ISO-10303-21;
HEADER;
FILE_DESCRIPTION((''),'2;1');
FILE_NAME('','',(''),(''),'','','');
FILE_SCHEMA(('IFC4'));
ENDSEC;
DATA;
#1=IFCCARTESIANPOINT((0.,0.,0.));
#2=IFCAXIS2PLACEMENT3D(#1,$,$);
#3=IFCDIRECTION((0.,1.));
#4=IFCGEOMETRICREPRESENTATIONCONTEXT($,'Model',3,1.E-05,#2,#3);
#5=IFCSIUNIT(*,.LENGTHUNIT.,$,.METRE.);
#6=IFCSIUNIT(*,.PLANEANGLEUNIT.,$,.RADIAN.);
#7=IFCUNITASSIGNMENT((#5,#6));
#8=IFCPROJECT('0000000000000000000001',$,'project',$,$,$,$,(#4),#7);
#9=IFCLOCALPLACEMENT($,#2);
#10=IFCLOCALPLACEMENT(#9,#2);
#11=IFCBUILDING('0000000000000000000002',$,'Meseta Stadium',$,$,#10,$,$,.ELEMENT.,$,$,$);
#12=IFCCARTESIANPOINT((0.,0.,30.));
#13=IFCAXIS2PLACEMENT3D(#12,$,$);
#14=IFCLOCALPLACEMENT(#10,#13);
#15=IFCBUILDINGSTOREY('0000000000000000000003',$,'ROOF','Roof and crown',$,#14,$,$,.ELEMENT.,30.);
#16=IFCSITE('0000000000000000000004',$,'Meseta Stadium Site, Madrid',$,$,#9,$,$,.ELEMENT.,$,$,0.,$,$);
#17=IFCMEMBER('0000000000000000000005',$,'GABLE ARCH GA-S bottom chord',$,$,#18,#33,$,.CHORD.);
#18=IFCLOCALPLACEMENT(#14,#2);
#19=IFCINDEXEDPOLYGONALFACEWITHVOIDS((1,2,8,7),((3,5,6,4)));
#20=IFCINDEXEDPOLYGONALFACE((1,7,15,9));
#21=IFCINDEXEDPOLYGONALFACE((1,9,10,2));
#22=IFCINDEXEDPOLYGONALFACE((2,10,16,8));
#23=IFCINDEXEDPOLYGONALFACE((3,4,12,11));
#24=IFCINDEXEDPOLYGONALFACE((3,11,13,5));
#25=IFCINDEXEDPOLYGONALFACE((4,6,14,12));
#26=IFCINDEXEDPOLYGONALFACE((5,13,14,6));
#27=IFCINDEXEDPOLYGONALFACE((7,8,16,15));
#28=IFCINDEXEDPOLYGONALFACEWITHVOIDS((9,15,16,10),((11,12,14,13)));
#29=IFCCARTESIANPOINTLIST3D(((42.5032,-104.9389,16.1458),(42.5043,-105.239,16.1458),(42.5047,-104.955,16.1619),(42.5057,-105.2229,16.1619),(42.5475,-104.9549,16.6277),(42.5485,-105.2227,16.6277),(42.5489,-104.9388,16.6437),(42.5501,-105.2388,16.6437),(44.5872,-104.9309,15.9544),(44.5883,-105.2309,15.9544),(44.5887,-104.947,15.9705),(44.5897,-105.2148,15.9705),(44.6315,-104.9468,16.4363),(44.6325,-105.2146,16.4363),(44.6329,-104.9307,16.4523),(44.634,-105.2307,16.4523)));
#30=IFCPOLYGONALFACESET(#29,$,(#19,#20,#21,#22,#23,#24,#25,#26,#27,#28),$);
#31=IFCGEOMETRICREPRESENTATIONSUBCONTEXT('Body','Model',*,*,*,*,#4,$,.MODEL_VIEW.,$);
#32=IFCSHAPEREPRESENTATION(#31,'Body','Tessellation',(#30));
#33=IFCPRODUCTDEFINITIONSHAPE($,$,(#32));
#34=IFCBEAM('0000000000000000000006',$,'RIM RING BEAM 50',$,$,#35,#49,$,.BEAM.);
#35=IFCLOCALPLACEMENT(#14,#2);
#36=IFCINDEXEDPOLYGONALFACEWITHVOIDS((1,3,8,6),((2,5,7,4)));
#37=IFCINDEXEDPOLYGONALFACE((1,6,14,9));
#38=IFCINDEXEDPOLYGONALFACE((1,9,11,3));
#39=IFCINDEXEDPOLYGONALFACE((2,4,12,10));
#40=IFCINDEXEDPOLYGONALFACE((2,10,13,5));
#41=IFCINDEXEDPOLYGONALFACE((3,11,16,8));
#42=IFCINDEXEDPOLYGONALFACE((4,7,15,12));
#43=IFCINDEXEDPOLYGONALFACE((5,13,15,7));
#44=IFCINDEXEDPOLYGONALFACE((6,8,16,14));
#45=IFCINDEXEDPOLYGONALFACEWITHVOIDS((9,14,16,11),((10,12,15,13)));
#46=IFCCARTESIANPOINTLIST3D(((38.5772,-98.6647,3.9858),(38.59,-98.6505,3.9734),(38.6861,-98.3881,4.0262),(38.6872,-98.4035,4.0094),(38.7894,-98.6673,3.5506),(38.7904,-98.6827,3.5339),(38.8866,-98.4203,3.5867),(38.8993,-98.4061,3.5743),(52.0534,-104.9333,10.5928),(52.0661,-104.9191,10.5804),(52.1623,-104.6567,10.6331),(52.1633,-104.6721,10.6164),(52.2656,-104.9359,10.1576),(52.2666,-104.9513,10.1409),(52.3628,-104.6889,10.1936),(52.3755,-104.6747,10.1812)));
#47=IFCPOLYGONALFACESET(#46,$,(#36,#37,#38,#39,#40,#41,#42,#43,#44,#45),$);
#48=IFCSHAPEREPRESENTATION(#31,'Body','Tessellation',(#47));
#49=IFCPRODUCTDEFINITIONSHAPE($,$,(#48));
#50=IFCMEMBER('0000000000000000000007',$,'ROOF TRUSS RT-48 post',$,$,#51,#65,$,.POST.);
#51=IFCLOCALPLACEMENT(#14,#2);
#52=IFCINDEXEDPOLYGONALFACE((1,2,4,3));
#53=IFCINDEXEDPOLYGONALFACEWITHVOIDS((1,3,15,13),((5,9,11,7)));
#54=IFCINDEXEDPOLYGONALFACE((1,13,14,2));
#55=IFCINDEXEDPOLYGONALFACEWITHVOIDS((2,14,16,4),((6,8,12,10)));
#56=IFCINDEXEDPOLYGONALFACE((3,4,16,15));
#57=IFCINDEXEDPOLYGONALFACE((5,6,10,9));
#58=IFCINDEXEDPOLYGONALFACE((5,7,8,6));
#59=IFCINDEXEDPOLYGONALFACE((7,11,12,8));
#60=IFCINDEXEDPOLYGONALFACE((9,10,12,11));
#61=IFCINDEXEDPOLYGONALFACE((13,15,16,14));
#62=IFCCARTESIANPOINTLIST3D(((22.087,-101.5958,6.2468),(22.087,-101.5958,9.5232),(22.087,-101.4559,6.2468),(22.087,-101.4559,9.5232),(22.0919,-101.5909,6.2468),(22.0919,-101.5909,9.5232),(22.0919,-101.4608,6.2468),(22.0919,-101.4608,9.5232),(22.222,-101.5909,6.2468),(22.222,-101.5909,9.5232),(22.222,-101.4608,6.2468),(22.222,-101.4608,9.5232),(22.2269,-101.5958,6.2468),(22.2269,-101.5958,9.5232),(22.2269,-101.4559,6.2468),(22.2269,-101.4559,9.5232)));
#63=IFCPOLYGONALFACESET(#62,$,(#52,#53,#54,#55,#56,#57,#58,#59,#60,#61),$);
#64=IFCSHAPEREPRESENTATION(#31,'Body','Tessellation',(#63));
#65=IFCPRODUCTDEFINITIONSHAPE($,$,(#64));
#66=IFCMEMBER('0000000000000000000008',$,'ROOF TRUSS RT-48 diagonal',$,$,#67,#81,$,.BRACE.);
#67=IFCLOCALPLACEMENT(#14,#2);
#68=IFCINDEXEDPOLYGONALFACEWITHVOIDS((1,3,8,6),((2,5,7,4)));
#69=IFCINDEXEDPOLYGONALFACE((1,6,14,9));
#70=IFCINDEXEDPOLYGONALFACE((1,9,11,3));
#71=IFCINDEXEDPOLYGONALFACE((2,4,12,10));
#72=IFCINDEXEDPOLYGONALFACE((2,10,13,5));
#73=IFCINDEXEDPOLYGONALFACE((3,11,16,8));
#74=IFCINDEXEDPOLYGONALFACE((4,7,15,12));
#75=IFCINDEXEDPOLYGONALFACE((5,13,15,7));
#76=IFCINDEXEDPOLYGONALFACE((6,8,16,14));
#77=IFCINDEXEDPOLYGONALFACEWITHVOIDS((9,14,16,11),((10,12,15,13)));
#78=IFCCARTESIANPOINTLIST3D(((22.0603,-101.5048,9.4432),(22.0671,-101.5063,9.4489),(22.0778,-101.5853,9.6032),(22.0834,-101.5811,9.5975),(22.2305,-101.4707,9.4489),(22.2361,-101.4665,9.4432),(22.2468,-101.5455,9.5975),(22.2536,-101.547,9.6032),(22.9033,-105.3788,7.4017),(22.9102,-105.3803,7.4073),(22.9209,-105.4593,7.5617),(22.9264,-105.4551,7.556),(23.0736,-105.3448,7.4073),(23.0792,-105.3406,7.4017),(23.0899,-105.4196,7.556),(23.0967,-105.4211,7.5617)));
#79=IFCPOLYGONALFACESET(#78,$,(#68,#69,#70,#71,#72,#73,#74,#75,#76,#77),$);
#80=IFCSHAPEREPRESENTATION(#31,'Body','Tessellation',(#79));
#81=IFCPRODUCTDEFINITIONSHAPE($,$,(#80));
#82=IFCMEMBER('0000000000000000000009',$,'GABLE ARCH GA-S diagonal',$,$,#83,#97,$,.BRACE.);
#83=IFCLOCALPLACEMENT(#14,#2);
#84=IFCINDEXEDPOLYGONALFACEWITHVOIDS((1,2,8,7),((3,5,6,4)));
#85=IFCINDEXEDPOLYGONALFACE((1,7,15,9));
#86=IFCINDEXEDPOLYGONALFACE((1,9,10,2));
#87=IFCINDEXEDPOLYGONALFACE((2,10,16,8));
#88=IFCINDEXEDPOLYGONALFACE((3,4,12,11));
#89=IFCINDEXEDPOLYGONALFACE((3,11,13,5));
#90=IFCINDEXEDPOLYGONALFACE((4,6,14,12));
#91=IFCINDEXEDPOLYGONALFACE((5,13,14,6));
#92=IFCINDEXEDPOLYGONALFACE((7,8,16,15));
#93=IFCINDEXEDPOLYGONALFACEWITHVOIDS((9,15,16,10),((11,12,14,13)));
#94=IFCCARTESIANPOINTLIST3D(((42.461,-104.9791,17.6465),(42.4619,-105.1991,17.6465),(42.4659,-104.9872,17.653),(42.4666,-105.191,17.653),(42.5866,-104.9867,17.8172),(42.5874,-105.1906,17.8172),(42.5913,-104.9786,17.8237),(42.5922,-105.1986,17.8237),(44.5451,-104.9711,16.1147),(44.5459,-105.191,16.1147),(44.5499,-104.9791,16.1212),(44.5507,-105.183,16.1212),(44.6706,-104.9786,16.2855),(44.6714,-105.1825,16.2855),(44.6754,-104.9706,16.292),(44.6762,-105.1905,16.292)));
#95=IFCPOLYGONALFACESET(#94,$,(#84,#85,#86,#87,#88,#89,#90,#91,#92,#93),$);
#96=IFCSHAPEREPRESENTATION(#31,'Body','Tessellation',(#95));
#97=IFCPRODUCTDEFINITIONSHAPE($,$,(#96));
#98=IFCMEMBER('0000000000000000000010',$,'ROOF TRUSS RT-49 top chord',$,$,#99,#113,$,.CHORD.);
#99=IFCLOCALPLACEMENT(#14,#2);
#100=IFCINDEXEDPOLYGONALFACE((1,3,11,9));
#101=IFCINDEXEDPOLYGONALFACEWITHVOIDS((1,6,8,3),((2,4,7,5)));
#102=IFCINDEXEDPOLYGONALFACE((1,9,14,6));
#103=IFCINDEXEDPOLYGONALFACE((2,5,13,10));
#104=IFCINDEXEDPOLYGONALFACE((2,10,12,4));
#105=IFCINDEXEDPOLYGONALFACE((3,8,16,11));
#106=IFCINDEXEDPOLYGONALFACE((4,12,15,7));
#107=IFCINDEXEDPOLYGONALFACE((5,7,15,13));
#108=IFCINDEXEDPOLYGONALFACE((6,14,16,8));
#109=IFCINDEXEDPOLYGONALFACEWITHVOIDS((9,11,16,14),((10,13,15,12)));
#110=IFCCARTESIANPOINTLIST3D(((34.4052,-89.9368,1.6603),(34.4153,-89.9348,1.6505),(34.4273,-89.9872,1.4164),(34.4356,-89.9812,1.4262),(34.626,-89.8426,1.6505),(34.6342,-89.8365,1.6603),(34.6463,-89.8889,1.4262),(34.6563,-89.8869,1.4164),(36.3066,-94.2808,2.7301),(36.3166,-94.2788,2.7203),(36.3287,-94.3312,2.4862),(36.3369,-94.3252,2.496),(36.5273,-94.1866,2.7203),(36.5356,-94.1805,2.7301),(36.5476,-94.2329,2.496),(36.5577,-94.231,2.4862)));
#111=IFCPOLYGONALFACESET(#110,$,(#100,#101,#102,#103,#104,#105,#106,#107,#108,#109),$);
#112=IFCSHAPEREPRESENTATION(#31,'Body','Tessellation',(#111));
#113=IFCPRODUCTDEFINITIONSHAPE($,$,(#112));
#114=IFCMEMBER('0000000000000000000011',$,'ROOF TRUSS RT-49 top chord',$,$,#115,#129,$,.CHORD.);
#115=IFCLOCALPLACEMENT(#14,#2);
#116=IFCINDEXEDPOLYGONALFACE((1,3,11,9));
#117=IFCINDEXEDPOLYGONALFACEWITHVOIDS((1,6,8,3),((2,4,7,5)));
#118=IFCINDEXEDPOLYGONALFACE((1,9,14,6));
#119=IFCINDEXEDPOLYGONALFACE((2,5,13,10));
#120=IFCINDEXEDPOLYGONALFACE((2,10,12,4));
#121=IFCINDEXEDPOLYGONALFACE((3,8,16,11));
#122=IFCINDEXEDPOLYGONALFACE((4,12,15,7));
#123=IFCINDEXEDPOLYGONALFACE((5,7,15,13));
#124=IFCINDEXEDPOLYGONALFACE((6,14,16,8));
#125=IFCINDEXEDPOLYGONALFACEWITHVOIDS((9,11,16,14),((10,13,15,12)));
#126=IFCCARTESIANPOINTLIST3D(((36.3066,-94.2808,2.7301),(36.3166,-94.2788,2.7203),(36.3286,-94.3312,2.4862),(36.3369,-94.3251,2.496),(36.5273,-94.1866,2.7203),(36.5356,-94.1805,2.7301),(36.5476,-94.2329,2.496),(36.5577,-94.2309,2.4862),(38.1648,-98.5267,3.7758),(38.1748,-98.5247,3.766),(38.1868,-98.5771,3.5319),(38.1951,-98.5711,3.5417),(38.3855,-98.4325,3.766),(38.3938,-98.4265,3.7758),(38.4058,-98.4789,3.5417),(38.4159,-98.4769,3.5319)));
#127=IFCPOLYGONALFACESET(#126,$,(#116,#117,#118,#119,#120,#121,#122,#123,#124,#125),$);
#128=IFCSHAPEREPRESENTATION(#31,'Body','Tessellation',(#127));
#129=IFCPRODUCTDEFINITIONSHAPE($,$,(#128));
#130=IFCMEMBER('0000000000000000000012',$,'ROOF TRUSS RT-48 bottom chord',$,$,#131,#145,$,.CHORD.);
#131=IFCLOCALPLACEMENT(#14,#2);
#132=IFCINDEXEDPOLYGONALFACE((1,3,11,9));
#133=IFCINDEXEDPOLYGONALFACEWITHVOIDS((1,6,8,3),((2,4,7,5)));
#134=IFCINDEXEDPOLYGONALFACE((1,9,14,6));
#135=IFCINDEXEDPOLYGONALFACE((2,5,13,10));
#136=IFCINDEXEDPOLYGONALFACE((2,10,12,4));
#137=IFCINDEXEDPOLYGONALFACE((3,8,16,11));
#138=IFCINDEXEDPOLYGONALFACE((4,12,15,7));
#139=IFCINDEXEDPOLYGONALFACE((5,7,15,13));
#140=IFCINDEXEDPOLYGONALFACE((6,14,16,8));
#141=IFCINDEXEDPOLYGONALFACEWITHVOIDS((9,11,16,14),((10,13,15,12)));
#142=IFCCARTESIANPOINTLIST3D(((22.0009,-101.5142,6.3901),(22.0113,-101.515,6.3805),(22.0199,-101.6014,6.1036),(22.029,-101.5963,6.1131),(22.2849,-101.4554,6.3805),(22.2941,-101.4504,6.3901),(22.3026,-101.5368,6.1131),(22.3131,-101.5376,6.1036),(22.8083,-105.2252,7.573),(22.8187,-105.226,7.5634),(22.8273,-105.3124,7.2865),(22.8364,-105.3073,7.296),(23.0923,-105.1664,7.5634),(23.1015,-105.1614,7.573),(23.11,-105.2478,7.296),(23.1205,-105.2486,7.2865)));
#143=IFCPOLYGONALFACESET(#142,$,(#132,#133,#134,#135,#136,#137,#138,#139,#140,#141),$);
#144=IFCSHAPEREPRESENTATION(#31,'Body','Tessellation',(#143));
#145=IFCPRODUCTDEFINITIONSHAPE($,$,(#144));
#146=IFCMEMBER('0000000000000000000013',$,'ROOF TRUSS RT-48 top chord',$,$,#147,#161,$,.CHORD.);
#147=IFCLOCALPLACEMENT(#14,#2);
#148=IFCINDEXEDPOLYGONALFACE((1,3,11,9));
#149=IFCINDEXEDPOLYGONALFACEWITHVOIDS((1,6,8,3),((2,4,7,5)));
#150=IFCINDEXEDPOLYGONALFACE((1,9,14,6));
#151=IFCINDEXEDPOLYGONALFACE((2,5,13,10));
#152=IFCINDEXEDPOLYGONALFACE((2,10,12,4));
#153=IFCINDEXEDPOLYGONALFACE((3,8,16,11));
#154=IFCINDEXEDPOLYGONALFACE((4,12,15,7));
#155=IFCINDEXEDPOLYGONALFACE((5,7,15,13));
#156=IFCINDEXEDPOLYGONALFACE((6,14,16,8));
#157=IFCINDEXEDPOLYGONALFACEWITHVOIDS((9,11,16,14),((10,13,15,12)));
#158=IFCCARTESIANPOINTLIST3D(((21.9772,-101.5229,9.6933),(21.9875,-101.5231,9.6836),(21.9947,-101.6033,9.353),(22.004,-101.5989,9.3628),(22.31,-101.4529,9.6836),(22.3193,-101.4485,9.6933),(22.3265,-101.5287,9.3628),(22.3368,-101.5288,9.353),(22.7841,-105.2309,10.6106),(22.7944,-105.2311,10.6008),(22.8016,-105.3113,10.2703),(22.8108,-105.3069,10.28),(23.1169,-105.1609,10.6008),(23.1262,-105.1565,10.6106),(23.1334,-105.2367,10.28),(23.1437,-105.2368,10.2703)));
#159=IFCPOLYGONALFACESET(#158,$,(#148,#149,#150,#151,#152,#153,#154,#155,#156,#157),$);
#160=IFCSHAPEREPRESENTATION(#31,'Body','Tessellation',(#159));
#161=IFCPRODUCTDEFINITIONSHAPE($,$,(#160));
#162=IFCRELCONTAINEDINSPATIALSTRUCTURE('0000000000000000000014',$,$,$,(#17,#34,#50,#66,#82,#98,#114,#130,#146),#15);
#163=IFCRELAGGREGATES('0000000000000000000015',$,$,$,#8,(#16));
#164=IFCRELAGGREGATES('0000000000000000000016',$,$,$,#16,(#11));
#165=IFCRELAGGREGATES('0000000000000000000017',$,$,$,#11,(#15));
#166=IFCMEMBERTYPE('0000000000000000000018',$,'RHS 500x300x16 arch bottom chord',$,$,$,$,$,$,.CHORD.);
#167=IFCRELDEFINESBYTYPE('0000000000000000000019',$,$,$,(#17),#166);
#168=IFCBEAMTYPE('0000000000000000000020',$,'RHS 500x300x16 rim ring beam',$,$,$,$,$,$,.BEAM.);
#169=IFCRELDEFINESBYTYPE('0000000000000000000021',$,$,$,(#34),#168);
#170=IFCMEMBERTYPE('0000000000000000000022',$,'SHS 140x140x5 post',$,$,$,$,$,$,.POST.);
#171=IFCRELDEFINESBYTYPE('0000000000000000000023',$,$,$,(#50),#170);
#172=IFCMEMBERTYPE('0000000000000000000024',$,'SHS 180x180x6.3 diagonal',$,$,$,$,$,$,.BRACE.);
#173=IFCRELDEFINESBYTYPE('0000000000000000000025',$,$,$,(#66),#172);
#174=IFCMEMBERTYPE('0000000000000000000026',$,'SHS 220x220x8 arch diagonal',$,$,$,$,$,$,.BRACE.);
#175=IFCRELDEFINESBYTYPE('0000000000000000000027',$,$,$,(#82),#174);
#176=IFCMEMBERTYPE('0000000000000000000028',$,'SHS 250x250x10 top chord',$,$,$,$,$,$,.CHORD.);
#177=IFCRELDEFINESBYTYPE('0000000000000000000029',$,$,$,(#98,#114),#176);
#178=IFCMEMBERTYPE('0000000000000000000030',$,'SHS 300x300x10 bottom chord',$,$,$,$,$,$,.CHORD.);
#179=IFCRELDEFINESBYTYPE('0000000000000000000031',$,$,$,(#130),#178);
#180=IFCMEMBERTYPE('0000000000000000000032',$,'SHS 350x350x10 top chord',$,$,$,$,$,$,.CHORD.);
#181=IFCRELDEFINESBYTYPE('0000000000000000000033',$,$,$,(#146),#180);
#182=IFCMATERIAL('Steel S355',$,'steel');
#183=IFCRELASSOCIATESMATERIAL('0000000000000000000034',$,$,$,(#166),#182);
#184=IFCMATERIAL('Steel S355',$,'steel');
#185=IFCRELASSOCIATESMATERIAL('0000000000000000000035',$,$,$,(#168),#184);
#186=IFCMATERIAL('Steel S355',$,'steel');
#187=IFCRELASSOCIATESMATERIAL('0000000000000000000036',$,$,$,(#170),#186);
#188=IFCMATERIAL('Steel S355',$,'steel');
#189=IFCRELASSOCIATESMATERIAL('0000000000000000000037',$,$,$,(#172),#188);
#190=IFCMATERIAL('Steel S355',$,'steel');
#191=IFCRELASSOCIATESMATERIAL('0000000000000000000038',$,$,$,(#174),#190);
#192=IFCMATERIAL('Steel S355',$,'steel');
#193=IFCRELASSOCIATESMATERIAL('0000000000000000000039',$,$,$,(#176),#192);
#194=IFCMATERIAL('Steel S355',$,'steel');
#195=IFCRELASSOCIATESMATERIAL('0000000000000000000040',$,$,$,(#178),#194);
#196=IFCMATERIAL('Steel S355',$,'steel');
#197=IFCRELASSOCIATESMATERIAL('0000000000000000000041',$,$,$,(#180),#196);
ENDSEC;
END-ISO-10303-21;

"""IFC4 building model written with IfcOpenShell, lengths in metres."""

from ifc_helpers import new_model, si_unit, direction, frame, origin, origin_2d, place, context, subcontext, project, spatial, hollow_rectangle, extrude, material, material_profile, profile_set, type_object, element, save


model = new_model("IFC4")

# Units and contexts
model_context = context("Model", 3, precision=1e-05, world=origin(), true_north=direction((0.0, 1.0)))
body_context = subcontext(model_context, "Body", "Model", "MODEL_VIEW")
ifc_project = project(units=[si_unit("LENGTHUNIT", "METRE"), si_unit("PLANEANGLEUNIT", "RADIAN")], contexts=[model_context])

# Site, building, storey
site_placement = place(None, origin())
site = spatial("IfcSite", under=ifc_project, at=site_placement, Name="Meseta Stadium Site, Madrid", CompositionType="ELEMENT", RefElevation=0.0)
building_placement = place(site_placement, origin())
building = spatial("IfcBuilding", under=site, at=building_placement, Name="Meseta Stadium", CompositionType="ELEMENT")
storey_placement = place(building_placement, frame((0.0, 0.0, 30.0)))
storey = spatial("IfcBuildingStorey", under=building, at=storey_placement, Name="ROOF", Description="Roof and crown", CompositionType="ELEMENT", Elevation=30.0)

# Member
ifc_material_1 = material(Name="Steel S355", Category="steel")
ifc_material_profile_1 = material_profile(ifc_material_1, hollow_rectangle(XDim=0.3, YDim=0.5, WallThickness=0.0161, at=origin_2d()), Name="RHS 500x300x16")
ifc_profile_set_1 = profile_set([ifc_material_profile_1], Name="Steel S355")
member_type_1 = type_object("IfcMemberType", Name="RHS 500x300x16 arch bottom chord", PredefinedType="CHORD", material=ifc_profile_set_1)
member_1_placement = place(storey_placement, frame((42.5266, -105.0889, 16.3948), z_axis=(0.995801, 0.00385, -0.091461), x_axis=(-0.003866, 0.999993, 0.0)))
element("IfcMember", 1, at=member_1_placement, inside=storey, type_object=member_type_1, Name="GABLE ARCH GA-S bottom chord", PredefinedType="CHORD", context=body_context, shape_type="SweptSolid", body=[
    extrude(hollow_rectangle(XDim=0.3, YDim=0.5, WallThickness=0.0161, at=origin_2d()), origin(), (0.0, 0.0, 1.0), 2.0928),
])

# Beam
ifc_material_2 = material(Name="Steel S355", Category="steel")
ifc_material_profile_2 = material_profile(ifc_material_2, hollow_rectangle(XDim=0.3, YDim=0.5, WallThickness=0.0161, at=origin_2d()), Name="RHS 500x300x16")
ifc_profile_set_2 = profile_set([ifc_material_profile_2], Name="Steel S355")
beam_type = type_object("IfcBeamType", Name="RHS 500x300x16 rim ring beam", PredefinedType="BEAM", material=ifc_profile_set_2)
beam_placement = place(storey_placement, frame((38.7383, -98.5354, 3.78), z_axis=(0.828531, -0.385401, 0.406205), x_axis=(0.362949, 0.922048, 0.134523)))
element("IfcBeam", 2, at=beam_placement, inside=storey, type_object=beam_type, Name="RIM RING BEAM 50", PredefinedType="BEAM", context=body_context, shape_type="SweptSolid", body=[
    extrude(hollow_rectangle(XDim=0.3, YDim=0.5, WallThickness=0.0161, at=origin_2d()), origin(), (0.0, 0.0, 1.0), 16.2651),
])

# Members
ifc_material_3 = material(Name="Steel S355", Category="steel")
ifc_material_profile_3 = material_profile(ifc_material_3, hollow_rectangle(XDim=0.1399, YDim=0.1399, WallThickness=0.0049, at=origin_2d()), Name="SHS 140x140x5")
ifc_profile_set_3 = profile_set([ifc_material_profile_3], Name="Steel S355")
member_type_2 = type_object("IfcMemberType", Name="SHS 140x140x5 post", PredefinedType="POST", material=ifc_profile_set_3)
member_2_placement = place(storey_placement, frame((22.157, -101.5259, 6.2468), z_axis=(0.0, 0.0, 1.0), x_axis=(1.0, 0.0, 0.0)))
element("IfcMember", 3, at=member_2_placement, inside=storey, type_object=member_type_2, Name="ROOF TRUSS RT-48 post", PredefinedType="POST", context=body_context, shape_type="SweptSolid", body=[
    extrude(hollow_rectangle(XDim=0.1399, YDim=0.1399, WallThickness=0.0049, at=origin_2d()), origin(), (0.0, 0.0, 1.0), 3.2764),
])
ifc_material_4 = material(Name="Steel S355", Category="steel")
ifc_material_profile_4 = material_profile(ifc_material_4, hollow_rectangle(XDim=0.1799, YDim=0.1799, WallThickness=0.0063, at=origin_2d()), Name="SHS 180x180x6.3")
ifc_profile_set_4 = profile_set([ifc_material_profile_4], Name="Steel S355")
member_type_3 = type_object("IfcMemberType", Name="SHS 180x180x6.3 diagonal", PredefinedType="BRACE", material=ifc_profile_set_4)
member_3_placement = place(storey_placement, frame((22.157, -101.5259, 9.5232), z_axis=(0.189042, -0.868727, -0.457795), x_axis=(0.977132, 0.212632, 0.0)))
element("IfcMember", 4, at=member_3_placement, inside=storey, type_object=member_type_3, Name="ROOF TRUSS RT-48 diagonal", PredefinedType="BRACE", context=body_context, shape_type="SweptSolid", body=[
    extrude(hollow_rectangle(XDim=0.1799, YDim=0.1799, WallThickness=0.0063, at=origin_2d()), origin(), (0.0, 0.0, 1.0), 4.4595),
])
ifc_material_5 = material(Name="Steel S355", Category="steel")
ifc_material_profile_5 = material_profile(ifc_material_5, hollow_rectangle(XDim=0.22, YDim=0.22, WallThickness=0.0081, at=origin_2d()), Name="SHS 220x220x8")
ifc_profile_set_5 = profile_set([ifc_material_profile_5], Name="Steel S355")
member_type_4 = type_object("IfcMemberType", Name="SHS 220x220x8 arch diagonal", PredefinedType="BRACE", material=ifc_profile_set_5)
member_4_placement = place(storey_placement, frame((42.5266, -105.0889, 17.7351), z_axis=(0.805758, 0.003115, -0.592236), x_axis=(-0.003866, 0.999993, 0.0)))
element("IfcMember", 5, at=member_4_placement, inside=storey, type_object=member_type_4, Name="GABLE ARCH GA-S diagonal", PredefinedType="BRACE", context=body_context, shape_type="SweptSolid", body=[
    extrude(hollow_rectangle(XDim=0.22, YDim=0.22, WallThickness=0.0081, at=origin_2d()), origin(), (0.0, 0.0, 1.0), 2.5864),
])
ifc_material_6 = material(Name="Steel S355", Category="steel")
ifc_material_profile_6 = material_profile(ifc_material_6, hollow_rectangle(XDim=0.25, YDim=0.25, WallThickness=0.01, at=origin_2d()), Name="SHS 250x250x10")
ifc_profile_set_6 = profile_set([ifc_material_profile_6], Name="Steel S355")
member_type_5 = type_object("IfcMemberType", Name="SHS 250x250x10 top chord", PredefinedType="CHORD", material=ifc_profile_set_6)
member_5_placement = place(storey_placement, frame((34.5308, -89.9119, 1.5383), z_axis=(0.391142, -0.893629, 0.22008), x_axis=(0.91609, 0.400973, 0.0)))
element("IfcMember", 6, at=member_5_placement, inside=storey, type_object=member_type_5, Name="ROOF TRUSS RT-49 top chord", PredefinedType="CHORD", context=body_context, shape_type="SweptSolid", body=[
    extrude(hollow_rectangle(XDim=0.25, YDim=0.25, WallThickness=0.01, at=origin_2d()), origin(), (0.0, 0.0, 1.0), 4.8611),
])
member_6_placement = place(storey_placement, frame((36.4321, -94.2559, 2.6082), z_axis=(0.391096, -0.893648, 0.220085), x_axis=(0.91611, 0.400927, 0.0)))
element("IfcMember", 7, at=member_6_placement, inside=storey, type_object=member_type_5, Name="ROOF TRUSS RT-49 top chord", PredefinedType="CHORD", context=body_context, shape_type="SweptSolid", body=[
    extrude(hollow_rectangle(XDim=0.25, YDim=0.25, WallThickness=0.01, at=origin_2d()), origin(), (0.0, 0.0, 1.0), 4.7512),
])
ifc_material_7 = material(Name="Steel S355", Category="steel")
ifc_material_profile_7 = material_profile(ifc_material_7, hollow_rectangle(XDim=0.3, YDim=0.3, WallThickness=0.01, at=origin_2d()), Name="SHS 300x300x10")
ifc_profile_set_7 = profile_set([ifc_material_profile_7], Name="Steel S355")
member_type_6 = type_object("IfcMemberType", Name="SHS 300x300x10 bottom chord", PredefinedType="CHORD", material=ifc_profile_set_7)
member_7_placement = place(storey_placement, frame((22.157, -101.5259, 6.2468), z_axis=(0.202975, -0.932936, 0.297373), x_axis=(0.977141, 0.212592, 0.0)))
element("IfcMember", 8, at=member_7_placement, inside=storey, type_object=member_type_6, Name="ROOF TRUSS RT-48 bottom chord", PredefinedType="CHORD", context=body_context, shape_type="SweptSolid", body=[
    extrude(hollow_rectangle(XDim=0.3, YDim=0.3, WallThickness=0.01, at=origin_2d()), origin(), (0.0, 0.0, 1.0), 3.9778),
])
ifc_material_8 = material(Name="Steel S355", Category="steel")
ifc_material_profile_8 = material_profile(ifc_material_8, hollow_rectangle(XDim=0.3501, YDim=0.3501, WallThickness=0.01, at=origin_2d()), Name="SHS 350x350x10")
ifc_profile_set_8 = profile_set([ifc_material_profile_8], Name="Steel S355")
member_type_7 = type_object("IfcMemberType", Name="SHS 350x350x10 top chord", PredefinedType="CHORD", material=ifc_profile_set_8)
member_8_placement = place(storey_placement, frame((22.157, -101.5259, 9.5232), z_axis=(0.206678, -0.949782, 0.234944), x_axis=(0.977133, 0.21263, 0.0)))
element("IfcMember", 9, at=member_8_placement, inside=storey, type_object=member_type_7, Name="ROOF TRUSS RT-48 top chord", PredefinedType="CHORD", context=body_context, shape_type="SweptSolid", body=[
    extrude(hollow_rectangle(XDim=0.3501, YDim=0.3501, WallThickness=0.01, at=origin_2d()), origin(), (0.0, 0.0, 1.0), 3.9041),
])

save(model, "model.ifc")
